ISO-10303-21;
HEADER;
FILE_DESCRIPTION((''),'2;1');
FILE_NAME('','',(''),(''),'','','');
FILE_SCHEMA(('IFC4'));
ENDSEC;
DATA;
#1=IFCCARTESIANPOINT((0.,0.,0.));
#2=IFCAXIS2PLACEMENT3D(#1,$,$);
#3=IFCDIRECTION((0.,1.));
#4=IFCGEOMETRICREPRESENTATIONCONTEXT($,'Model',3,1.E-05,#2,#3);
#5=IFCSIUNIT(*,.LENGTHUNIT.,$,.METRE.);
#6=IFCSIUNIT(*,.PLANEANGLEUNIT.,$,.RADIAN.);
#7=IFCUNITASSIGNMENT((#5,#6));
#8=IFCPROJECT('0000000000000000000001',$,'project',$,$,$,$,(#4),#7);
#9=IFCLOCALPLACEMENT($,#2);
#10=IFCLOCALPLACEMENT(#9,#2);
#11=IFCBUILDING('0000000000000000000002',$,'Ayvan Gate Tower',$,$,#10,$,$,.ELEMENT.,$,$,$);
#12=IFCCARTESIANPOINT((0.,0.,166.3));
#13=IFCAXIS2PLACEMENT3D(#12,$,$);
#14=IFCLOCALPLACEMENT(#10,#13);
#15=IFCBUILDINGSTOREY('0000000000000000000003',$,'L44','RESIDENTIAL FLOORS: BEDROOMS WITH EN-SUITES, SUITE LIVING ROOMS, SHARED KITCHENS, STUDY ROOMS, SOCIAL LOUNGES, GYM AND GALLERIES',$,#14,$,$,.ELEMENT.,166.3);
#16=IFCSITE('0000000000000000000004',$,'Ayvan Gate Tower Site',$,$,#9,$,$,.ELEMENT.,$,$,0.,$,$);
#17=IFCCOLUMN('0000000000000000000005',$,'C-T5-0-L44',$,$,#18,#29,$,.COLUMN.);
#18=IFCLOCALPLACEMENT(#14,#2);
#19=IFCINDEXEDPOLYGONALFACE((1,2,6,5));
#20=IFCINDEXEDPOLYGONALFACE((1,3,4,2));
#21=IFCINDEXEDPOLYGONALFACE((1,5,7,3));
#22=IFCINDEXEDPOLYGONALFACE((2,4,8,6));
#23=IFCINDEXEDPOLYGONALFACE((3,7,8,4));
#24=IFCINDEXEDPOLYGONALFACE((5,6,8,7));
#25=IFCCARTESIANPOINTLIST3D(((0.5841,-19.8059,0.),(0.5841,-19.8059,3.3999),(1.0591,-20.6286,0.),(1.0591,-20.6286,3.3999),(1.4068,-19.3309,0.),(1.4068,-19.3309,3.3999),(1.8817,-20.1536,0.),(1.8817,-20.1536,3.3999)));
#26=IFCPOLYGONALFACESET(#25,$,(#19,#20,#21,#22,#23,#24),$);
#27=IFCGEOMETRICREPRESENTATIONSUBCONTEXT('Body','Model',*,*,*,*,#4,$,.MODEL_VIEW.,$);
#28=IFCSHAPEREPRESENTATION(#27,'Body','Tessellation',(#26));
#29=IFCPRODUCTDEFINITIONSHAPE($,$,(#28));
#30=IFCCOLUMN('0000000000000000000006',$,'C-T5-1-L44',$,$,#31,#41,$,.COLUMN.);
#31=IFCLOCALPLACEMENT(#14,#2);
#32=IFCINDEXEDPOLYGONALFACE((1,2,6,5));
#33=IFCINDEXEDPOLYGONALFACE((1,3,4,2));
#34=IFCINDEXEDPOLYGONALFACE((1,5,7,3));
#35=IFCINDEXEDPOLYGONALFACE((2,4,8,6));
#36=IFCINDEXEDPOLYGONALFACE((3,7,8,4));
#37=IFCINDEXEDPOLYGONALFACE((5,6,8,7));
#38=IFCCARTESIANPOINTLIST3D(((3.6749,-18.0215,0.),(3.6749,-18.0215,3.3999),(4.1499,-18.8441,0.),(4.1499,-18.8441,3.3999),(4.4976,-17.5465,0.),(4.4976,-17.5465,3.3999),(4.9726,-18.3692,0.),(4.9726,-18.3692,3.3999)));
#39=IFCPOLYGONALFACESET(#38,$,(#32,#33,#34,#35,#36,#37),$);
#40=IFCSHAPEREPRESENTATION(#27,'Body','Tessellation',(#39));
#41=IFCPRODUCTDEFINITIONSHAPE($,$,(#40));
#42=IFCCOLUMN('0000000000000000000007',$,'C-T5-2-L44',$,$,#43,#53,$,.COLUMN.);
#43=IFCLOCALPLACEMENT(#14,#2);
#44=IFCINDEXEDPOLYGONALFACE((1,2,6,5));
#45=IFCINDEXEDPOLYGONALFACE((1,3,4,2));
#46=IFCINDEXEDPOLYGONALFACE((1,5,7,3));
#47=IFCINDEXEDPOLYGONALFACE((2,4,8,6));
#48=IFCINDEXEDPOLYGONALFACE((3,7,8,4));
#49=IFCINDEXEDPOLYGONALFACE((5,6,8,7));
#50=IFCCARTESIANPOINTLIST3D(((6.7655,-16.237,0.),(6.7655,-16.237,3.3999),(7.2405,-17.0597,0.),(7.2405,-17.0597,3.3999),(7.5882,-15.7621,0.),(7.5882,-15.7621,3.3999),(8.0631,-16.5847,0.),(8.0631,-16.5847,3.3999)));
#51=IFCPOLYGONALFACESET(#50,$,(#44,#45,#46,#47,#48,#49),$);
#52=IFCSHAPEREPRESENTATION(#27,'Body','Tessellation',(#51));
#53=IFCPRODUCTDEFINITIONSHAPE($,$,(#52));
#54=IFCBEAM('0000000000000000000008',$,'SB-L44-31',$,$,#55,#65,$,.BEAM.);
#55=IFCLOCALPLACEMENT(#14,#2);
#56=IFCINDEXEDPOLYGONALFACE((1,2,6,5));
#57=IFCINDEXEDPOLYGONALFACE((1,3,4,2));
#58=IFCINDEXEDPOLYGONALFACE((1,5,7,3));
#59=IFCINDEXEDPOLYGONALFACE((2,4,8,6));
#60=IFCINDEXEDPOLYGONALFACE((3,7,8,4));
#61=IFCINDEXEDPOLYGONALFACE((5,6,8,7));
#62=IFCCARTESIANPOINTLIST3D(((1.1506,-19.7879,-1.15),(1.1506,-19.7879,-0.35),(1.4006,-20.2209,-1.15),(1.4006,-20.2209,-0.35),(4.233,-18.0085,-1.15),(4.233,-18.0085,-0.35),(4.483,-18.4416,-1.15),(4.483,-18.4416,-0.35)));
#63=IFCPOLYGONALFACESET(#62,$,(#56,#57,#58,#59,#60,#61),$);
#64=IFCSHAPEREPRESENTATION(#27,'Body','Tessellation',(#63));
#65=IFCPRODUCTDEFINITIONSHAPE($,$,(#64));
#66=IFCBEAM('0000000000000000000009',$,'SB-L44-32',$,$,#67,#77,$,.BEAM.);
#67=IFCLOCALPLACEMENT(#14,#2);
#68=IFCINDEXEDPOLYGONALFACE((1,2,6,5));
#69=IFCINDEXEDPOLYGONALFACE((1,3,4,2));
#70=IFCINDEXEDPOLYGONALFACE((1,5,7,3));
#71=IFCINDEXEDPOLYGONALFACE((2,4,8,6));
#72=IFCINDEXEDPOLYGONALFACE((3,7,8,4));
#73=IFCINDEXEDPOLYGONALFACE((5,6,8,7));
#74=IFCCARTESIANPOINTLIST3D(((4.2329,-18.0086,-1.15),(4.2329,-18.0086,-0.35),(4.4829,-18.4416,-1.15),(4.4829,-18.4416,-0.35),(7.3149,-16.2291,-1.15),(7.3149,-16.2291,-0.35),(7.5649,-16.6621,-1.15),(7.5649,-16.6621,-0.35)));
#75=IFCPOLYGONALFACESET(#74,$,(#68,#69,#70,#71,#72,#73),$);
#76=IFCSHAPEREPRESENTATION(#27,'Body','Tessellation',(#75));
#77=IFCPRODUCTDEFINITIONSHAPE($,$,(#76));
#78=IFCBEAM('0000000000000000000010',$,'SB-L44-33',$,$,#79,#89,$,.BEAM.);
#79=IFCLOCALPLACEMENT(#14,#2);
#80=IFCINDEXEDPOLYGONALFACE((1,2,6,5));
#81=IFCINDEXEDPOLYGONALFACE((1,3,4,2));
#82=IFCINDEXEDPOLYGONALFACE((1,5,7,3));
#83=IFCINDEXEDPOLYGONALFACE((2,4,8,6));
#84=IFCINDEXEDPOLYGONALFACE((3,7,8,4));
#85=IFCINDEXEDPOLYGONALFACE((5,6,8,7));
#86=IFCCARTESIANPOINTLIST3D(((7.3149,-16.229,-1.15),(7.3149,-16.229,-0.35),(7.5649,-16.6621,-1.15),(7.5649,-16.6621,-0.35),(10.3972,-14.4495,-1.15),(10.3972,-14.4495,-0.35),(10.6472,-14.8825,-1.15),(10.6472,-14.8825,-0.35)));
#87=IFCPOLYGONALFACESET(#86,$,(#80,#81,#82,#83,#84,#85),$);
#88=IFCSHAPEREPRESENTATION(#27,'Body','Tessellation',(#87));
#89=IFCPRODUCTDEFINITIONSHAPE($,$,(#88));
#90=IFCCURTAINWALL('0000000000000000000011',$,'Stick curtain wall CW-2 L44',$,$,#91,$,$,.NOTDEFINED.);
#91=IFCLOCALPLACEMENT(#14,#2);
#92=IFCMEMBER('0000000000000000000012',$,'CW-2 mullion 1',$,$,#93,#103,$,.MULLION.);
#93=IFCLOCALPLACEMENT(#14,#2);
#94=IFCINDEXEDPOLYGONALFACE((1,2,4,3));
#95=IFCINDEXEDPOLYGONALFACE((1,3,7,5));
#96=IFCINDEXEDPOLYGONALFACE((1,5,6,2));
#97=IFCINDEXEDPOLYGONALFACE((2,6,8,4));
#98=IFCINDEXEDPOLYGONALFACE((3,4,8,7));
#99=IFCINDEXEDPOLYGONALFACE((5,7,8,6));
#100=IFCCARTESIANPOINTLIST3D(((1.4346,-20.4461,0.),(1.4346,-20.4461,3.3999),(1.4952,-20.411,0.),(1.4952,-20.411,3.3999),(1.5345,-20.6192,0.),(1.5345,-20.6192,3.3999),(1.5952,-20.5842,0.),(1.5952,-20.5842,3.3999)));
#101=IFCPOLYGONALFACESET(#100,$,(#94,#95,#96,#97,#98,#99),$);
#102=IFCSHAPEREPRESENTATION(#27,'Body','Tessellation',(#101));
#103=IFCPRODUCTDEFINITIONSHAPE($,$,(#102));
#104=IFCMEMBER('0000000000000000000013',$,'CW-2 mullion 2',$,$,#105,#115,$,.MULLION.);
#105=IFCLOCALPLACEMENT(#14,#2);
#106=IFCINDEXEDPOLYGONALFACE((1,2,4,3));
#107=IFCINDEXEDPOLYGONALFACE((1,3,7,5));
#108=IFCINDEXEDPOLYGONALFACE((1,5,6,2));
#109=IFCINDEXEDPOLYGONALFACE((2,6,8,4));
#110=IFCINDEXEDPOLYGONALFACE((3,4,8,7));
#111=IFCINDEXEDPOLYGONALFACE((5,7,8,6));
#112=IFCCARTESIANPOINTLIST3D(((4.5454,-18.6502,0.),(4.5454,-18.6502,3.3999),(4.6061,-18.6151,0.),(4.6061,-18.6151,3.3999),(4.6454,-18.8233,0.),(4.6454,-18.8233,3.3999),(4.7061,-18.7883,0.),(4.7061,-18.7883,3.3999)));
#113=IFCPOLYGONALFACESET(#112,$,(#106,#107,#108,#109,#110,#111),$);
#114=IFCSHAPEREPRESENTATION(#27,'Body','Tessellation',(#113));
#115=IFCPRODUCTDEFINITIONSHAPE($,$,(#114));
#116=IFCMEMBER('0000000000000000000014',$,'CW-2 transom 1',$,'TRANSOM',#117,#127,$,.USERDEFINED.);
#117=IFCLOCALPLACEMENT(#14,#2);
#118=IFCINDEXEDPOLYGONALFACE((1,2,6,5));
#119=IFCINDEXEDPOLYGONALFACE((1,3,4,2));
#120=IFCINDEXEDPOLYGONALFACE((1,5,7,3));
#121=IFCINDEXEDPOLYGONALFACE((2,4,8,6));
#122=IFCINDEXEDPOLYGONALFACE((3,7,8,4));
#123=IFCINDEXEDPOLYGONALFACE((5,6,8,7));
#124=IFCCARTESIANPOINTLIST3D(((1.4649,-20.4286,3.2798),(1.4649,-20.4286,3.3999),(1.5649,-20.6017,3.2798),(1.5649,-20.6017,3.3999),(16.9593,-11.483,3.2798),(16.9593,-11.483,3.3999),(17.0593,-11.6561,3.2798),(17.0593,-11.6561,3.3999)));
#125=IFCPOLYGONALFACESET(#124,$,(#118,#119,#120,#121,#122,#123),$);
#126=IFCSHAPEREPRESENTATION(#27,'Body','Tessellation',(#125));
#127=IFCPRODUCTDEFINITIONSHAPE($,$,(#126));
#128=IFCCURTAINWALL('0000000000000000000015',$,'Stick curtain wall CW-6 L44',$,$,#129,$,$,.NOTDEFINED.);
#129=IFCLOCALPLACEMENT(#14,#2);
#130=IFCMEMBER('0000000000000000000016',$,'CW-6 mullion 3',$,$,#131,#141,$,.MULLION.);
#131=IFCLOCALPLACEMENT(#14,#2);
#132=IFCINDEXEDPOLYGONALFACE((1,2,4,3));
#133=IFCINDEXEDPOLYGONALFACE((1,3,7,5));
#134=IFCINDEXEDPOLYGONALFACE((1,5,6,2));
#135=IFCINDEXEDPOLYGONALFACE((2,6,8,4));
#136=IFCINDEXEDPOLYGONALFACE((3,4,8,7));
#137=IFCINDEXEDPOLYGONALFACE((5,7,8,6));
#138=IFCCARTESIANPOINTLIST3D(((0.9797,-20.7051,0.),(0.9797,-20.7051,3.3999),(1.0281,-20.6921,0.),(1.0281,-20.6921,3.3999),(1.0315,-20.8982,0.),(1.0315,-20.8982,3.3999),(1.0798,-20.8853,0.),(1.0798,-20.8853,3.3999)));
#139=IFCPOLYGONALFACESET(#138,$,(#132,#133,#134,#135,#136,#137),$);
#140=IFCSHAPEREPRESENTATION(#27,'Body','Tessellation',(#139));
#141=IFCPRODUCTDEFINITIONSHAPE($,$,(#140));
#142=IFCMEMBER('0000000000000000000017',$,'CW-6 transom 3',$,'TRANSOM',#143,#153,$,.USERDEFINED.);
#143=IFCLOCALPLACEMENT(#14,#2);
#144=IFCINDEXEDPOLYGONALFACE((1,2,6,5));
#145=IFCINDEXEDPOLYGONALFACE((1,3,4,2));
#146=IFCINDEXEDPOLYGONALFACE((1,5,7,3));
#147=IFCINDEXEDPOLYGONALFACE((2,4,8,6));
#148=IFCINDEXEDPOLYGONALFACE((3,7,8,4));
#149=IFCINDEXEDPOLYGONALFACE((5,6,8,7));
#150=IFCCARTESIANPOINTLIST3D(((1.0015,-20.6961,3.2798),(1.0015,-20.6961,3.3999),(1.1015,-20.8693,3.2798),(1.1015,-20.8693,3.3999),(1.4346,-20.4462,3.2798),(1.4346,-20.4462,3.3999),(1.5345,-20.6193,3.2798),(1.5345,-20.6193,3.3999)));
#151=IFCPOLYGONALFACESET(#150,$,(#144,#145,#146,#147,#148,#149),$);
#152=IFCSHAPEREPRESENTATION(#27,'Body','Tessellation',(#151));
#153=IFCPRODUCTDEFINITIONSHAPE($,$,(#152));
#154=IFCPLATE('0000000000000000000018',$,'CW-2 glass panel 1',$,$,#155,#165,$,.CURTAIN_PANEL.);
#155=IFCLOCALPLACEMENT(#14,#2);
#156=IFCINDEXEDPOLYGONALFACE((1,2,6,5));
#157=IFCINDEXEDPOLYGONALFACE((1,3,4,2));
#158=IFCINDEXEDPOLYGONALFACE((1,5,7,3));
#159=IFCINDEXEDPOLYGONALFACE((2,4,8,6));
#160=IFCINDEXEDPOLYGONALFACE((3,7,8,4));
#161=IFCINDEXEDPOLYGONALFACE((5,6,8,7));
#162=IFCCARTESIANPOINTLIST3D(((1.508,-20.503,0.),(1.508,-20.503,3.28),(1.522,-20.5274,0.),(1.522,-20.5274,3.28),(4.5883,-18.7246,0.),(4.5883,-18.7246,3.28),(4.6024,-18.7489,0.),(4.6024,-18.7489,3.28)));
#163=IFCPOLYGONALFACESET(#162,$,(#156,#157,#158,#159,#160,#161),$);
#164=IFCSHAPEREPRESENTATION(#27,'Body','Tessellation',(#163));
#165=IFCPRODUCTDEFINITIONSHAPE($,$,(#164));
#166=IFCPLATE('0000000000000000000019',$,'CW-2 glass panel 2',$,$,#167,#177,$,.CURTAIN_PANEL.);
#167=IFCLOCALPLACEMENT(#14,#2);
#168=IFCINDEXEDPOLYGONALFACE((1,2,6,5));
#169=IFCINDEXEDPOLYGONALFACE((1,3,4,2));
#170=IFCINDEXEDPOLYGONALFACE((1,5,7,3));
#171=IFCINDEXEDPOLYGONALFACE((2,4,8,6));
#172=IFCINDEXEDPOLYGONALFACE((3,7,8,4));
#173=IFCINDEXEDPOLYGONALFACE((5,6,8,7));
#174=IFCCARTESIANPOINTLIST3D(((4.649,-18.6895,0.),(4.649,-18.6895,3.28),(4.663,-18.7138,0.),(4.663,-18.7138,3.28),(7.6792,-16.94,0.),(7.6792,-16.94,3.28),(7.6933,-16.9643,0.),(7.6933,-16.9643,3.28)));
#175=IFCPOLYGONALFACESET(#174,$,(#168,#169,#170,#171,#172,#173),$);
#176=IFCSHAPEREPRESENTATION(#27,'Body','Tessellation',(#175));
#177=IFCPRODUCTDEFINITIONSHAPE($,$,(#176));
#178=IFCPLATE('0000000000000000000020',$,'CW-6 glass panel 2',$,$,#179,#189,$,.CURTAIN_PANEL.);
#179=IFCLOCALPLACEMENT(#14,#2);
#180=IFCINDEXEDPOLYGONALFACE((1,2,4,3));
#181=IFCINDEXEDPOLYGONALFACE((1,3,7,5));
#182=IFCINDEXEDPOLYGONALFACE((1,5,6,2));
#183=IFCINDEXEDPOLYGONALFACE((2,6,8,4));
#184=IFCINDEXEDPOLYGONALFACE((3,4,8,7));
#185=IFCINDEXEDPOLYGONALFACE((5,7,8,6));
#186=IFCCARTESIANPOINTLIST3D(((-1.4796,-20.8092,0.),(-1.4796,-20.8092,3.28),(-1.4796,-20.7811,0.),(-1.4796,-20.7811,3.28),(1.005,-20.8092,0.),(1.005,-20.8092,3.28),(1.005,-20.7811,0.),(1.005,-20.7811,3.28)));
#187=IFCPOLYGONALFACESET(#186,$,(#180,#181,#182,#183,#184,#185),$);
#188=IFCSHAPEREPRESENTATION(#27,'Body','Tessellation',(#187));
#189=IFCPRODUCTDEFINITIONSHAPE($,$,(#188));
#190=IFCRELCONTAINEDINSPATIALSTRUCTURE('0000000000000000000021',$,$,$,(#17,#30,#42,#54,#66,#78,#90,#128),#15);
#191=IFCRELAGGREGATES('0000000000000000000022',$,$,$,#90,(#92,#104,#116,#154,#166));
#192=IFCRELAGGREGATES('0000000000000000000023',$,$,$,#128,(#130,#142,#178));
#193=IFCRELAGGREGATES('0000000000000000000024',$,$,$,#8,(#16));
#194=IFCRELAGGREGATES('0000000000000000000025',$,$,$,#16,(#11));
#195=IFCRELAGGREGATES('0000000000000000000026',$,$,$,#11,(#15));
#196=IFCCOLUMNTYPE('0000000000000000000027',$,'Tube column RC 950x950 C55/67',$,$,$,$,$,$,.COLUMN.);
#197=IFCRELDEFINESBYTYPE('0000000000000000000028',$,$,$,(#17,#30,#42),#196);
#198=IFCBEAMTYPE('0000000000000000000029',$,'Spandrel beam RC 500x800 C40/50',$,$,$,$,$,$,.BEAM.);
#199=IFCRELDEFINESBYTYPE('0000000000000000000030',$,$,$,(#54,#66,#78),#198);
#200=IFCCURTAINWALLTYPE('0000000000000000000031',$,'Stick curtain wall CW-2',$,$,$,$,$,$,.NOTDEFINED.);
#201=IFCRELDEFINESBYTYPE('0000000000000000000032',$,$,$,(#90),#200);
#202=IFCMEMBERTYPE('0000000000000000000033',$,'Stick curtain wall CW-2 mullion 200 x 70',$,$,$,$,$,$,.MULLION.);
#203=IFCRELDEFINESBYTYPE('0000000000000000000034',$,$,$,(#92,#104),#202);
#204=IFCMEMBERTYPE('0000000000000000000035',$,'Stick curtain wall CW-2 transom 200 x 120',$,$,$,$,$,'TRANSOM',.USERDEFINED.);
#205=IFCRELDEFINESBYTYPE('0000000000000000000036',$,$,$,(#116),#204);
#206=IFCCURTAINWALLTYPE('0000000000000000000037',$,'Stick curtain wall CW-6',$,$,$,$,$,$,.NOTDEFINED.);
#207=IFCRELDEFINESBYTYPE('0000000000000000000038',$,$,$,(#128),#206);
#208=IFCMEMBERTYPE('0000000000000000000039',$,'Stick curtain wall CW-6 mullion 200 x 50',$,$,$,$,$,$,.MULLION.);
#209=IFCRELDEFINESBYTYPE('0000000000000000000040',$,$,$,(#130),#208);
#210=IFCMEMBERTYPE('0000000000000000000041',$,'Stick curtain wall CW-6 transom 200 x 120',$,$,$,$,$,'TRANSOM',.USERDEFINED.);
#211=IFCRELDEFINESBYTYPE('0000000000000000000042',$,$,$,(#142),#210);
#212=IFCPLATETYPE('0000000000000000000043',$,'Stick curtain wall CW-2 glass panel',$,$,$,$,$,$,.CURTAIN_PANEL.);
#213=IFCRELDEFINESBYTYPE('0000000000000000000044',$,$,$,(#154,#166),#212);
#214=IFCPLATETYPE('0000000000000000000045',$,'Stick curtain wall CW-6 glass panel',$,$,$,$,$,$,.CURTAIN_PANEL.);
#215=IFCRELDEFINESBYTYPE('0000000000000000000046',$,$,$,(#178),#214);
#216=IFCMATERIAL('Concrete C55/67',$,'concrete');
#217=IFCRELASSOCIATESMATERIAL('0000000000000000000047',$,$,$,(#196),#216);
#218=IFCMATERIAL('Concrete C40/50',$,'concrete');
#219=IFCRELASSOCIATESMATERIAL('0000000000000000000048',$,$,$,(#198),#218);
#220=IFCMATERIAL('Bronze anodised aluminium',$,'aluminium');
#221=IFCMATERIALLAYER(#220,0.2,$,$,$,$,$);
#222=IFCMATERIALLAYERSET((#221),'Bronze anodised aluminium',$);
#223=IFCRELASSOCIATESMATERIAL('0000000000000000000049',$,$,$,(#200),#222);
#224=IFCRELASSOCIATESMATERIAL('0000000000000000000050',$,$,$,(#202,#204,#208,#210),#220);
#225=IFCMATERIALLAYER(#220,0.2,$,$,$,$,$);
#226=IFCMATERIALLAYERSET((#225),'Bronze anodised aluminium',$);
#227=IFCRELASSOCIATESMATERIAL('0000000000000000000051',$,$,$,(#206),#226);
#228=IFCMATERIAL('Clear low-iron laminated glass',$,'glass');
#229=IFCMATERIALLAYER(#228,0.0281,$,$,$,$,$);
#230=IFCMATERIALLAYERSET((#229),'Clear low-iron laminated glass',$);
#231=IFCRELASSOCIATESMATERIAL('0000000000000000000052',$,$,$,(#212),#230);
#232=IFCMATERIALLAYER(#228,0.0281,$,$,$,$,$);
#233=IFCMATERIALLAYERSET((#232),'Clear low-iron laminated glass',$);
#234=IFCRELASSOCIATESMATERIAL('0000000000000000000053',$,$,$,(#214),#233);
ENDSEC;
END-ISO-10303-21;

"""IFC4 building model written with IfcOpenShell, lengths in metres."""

from ifc_helpers import new_model, si_unit, direction, frame, origin, origin_2d, place, context, subcontext, project, spatial, rectangle, extrude, material, layer, layer_set, material_profile, profile_set, type_object, element, aggregate, save


model = new_model("IFC4")

# Units and contexts
model_context = context("Model", 3, precision=1e-05, world=origin(), true_north=direction((0.0, 1.0)))
body_context = subcontext(model_context, "Body", "Model", "MODEL_VIEW")
ifc_project = project(units=[si_unit("LENGTHUNIT", "METRE"), si_unit("PLANEANGLEUNIT", "RADIAN")], contexts=[model_context])

# Site, building, storey
site_placement = place(None, origin())
site = spatial("IfcSite", under=ifc_project, at=site_placement, Name="Ayvan Gate Tower Site", CompositionType="ELEMENT", RefElevation=0.0)
building_placement = place(site_placement, origin())
building = spatial("IfcBuilding", under=site, at=building_placement, Name="Ayvan Gate Tower", CompositionType="ELEMENT")
storey_placement = place(building_placement, frame((0.0, 0.0, 166.3)))
storey = spatial("IfcBuildingStorey", under=building, at=storey_placement, Name="L44", Description="RESIDENTIAL FLOORS: BEDROOMS WITH EN-SUITES, SUITE LIVING ROOMS, SHARED KITCHENS, STUDY ROOMS, SOCIAL LOUNGES, GYM AND GALLERIES", CompositionType="ELEMENT", Elevation=166.3)

# Columns
ifc_material_1 = material(Name="Concrete C55/67", Category="concrete")
ifc_material_profile_1 = material_profile(ifc_material_1, rectangle(XDim=0.95, YDim=0.95, at=origin_2d()), Name="RC 950x950")
ifc_profile_set_1 = profile_set([ifc_material_profile_1], Name="Concrete C55/67")
column_type = type_object("IfcColumnType", Name="Tube column RC 950x950 C55/67", PredefinedType="COLUMN", material=ifc_profile_set_1)
for number, where, z_axis, x_axis, name in (
    (1, (1.2329, -19.9797, 0.0), (0.0, 0.0, 1.0), (0.5, -0.866025, 0.0), "C-T5-0-L44"),
    (2, (4.3237, -18.1953, 0.0), (0.0, 0.0, 1.0), (0.5, -0.866025, 0.0), "C-T5-1-L44"),
    (3, (7.4143, -16.4109, 0.0), (0.0, 0.0, 1.0), (0.5, -0.866025, 0.0), "C-T5-2-L44"),
):
    element("IfcColumn", number, at=place(storey_placement, frame(where, z_axis=z_axis, x_axis=x_axis)), inside=storey, type_object=column_type, Name=name, PredefinedType="COLUMN", context=body_context, shape_type="SweptSolid", body=[
        extrude(rectangle(XDim=0.95, YDim=0.95, at=origin_2d()), origin(), (0.0, 0.0, 1.0), 3.3999),
    ])

# Beams
ifc_material_2 = material(Name="Concrete C40/50", Category="concrete")
ifc_material_profile_2 = material_profile(ifc_material_2, rectangle(XDim=0.5, YDim=0.8, at=origin_2d()), Name="RC 500x800")
ifc_profile_set_2 = profile_set([ifc_material_profile_2], Name="Concrete C40/50")
beam_type = type_object("IfcBeamType", Name="Spandrel beam RC 500x800 C40/50", PredefinedType="BEAM", material=ifc_profile_set_2)
beam_1_placement = place(storey_placement, frame((1.2756, -20.0044, -0.75), z_axis=(0.866057, 0.499946, 0.0), x_axis=(-0.499946, 0.866057, 0.0)))
element("IfcBeam", 4, at=beam_1_placement, inside=storey, type_object=beam_type, Name="SB-L44-31", PredefinedType="BEAM", context=body_context, shape_type="SweptSolid", body=[
    extrude(rectangle(XDim=0.5, YDim=0.8, at=origin_2d()), origin(), (0.0, 0.0, 1.0), 3.5591),
])
beam_2_placement = place(storey_placement, frame((4.3579, -18.2251, -0.75), z_axis=(0.86601, 0.500027, 0.0), x_axis=(-0.500027, 0.86601, 0.0)))
element("IfcBeam", 5, at=beam_2_placement, inside=storey, type_object=beam_type, Name="SB-L44-32", PredefinedType="BEAM", context=body_context, shape_type="SweptSolid", body=[
    extrude(rectangle(XDim=0.5, YDim=0.8, at=origin_2d()), origin(), (0.0, 0.0, 1.0), 3.5588),
])
beam_3_placement = place(storey_placement, frame((7.4399, -16.4456, -0.75), z_axis=(0.866027, 0.499998, 0.0), x_axis=(-0.499998, 0.866027, 0.0)))
element("IfcBeam", 6, at=beam_3_placement, inside=storey, type_object=beam_type, Name="SB-L44-33", PredefinedType="BEAM", context=body_context, shape_type="SweptSolid", body=[
    extrude(rectangle(XDim=0.5, YDim=0.8, at=origin_2d()), origin(), (0.0, 0.0, 1.0), 3.5591),
])

# Curtain walls, members
ifc_material_3 = material(Name="Bronze anodised aluminium", Category="aluminium")
ifc_layer_1 = layer(ifc_material_3, 0.2)
ifc_layer_set_1 = layer_set([ifc_layer_1], Name="Bronze anodised aluminium")
curtain_wall_type_1 = type_object("IfcCurtainWallType", Name="Stick curtain wall CW-2", PredefinedType="NOTDEFINED", material=ifc_layer_set_1)
curtain_wall_1_placement = place(storey_placement, origin())
curtain_wall_1 = element("IfcCurtainWall", 7, at=curtain_wall_1_placement, inside=storey, type_object=curtain_wall_type_1, Name="Stick curtain wall CW-2 L44", PredefinedType="NOTDEFINED")
ifc_material_profile_3 = material_profile(ifc_material_3, rectangle(XDim=0.2, YDim=0.0701, at=origin_2d()), Name="Stick curtain wall CW-2 mullion 200 x 70")
ifc_profile_set_3 = profile_set([ifc_material_profile_3], Name="Bronze anodised aluminium")
member_type_1 = type_object("IfcMemberType", Name="Stick curtain wall CW-2 mullion 200 x 70", PredefinedType="MULLION", material=ifc_profile_set_3)
member_1_placement = place(storey_placement, frame((1.5149, -20.5151, 0.0), z_axis=(0.0, 0.0, 1.0), x_axis=(0.5, -0.866025, 0.0)))
member_1 = element("IfcMember", 8, at=member_1_placement, type_object=member_type_1, Name="CW-2 mullion 1", PredefinedType="MULLION", context=body_context, shape_type="SweptSolid", body=[
    extrude(rectangle(XDim=0.2, YDim=0.0701, at=origin_2d()), origin(), (0.0, 0.0, 1.0), 3.3999),
])
member_2_placement = place(storey_placement, frame((4.6257, -18.7192, 0.0), z_axis=(0.0, 0.0, 1.0), x_axis=(0.5, -0.866025, 0.0)))
member_2 = element("IfcMember", 9, at=member_2_placement, type_object=member_type_1, Name="CW-2 mullion 2", PredefinedType="MULLION", context=body_context, shape_type="SweptSolid", body=[
    extrude(rectangle(XDim=0.2, YDim=0.0701, at=origin_2d()), origin(), (0.0, 0.0, 1.0), 3.3999),
])
ifc_material_profile_4 = material_profile(ifc_material_3, rectangle(XDim=0.2, YDim=0.1201, at=origin_2d()), Name="Stick curtain wall CW-2 transom 200 x 120")
ifc_profile_set_4 = profile_set([ifc_material_profile_4], Name="Bronze anodised aluminium")
member_type_2 = type_object("IfcMemberType", Name="Stick curtain wall CW-2 transom 200 x 120", ElementType="TRANSOM", PredefinedType="USERDEFINED", material=ifc_profile_set_4)
member_3_placement = place(storey_placement, frame((1.5149, -20.5151, 3.3398), z_axis=(0.866029, 0.499995, 0.0), x_axis=(-0.499995, 0.866029, 0.0)))
member_3 = element("IfcMember", 10, at=member_3_placement, type_object=member_type_2, Name="CW-2 transom 1", ObjectType="TRANSOM", PredefinedType="USERDEFINED", context=body_context, shape_type="SweptSolid", body=[
    extrude(rectangle(XDim=0.2, YDim=0.1201, at=origin_2d()), origin(), (0.0, 0.0, 1.0), 17.8914),
])
ifc_layer_2 = layer(ifc_material_3, 0.2)
ifc_layer_set_2 = layer_set([ifc_layer_2], Name="Bronze anodised aluminium")
curtain_wall_type_2 = type_object("IfcCurtainWallType", Name="Stick curtain wall CW-6", PredefinedType="NOTDEFINED", material=ifc_layer_set_2)
curtain_wall_2_placement = place(storey_placement, origin())
curtain_wall_2 = element("IfcCurtainWall", 11, at=curtain_wall_2_placement, inside=storey, type_object=curtain_wall_type_2, Name="Stick curtain wall CW-6 L44", PredefinedType="NOTDEFINED")
ifc_material_profile_5 = material_profile(ifc_material_3, rectangle(XDim=0.2, YDim=0.05, at=origin_2d()), Name="Stick curtain wall CW-6 mullion 200 x 50")
ifc_profile_set_5 = profile_set([ifc_material_profile_5], Name="Bronze anodised aluminium")
member_type_3 = type_object("IfcMemberType", Name="Stick curtain wall CW-6 mullion 200 x 50", PredefinedType="MULLION", material=ifc_profile_set_5)
member_4_placement = place(storey_placement, frame((1.0298, -20.7952, 0.0), z_axis=(0.0, 0.0, 1.0), x_axis=(0.258819, -0.965926, 0.0)))
member_4 = element("IfcMember", 12, at=member_4_placement, type_object=member_type_3, Name="CW-6 mullion 3", PredefinedType="MULLION", context=body_context, shape_type="SweptSolid", body=[
    extrude(rectangle(XDim=0.2, YDim=0.05, at=origin_2d()), origin(), (0.0, 0.0, 1.0), 3.3999),
])
ifc_material_profile_6 = material_profile(ifc_material_3, rectangle(XDim=0.2, YDim=0.1201, at=origin_2d()), Name="Stick curtain wall CW-6 transom 200 x 120")
ifc_profile_set_6 = profile_set([ifc_material_profile_6], Name="Bronze anodised aluminium")
member_type_4 = type_object("IfcMemberType", Name="Stick curtain wall CW-6 transom 200 x 120", ElementType="TRANSOM", PredefinedType="USERDEFINED", material=ifc_profile_set_6)
member_5_placement = place(storey_placement, frame((1.0515, -20.7827, 3.3398), z_axis=(0.866072, 0.49992, 0.0), x_axis=(-0.49992, 0.866072, 0.0)))
member_5 = element("IfcMember", 13, at=member_5_placement, type_object=member_type_4, Name="CW-6 transom 3", ObjectType="TRANSOM", PredefinedType="USERDEFINED", context=body_context, shape_type="SweptSolid", body=[
    extrude(rectangle(XDim=0.2, YDim=0.1201, at=origin_2d()), origin(), (0.0, 0.0, 1.0), 0.5),
])

# Plates
ifc_material_4 = material(Name="Clear low-iron laminated glass", Category="glass")
ifc_layer_3 = layer(ifc_material_4, 0.0281)
ifc_layer_set_3 = layer_set([ifc_layer_3], Name="Clear low-iron laminated glass")
plate_type_1 = type_object("IfcPlateType", Name="Stick curtain wall CW-2 glass panel", PredefinedType="CURTAIN_PANEL", material=ifc_layer_set_3)
plate_1_placement = place(storey_placement, frame((3.0552, -19.626, 0.0), z_axis=(0.0, 0.0, 1.0), x_axis=(0.866025, 0.5, 0.0)))
plate_1 = element("IfcPlate", 14, at=plate_1_placement, type_object=plate_type_1, Name="CW-2 glass panel 1", PredefinedType="CURTAIN_PANEL", context=body_context, shape_type="SweptSolid", body=[
    extrude(rectangle(XDim=3.5569, YDim=0.0281, at=origin_2d()), origin(), (0.0, 0.0, 1.0), 3.28),
])
plate_2_placement = place(storey_placement, frame((6.1711, -17.8269, 0.0), z_axis=(0.0, 0.0, 1.0), x_axis=(0.866025, 0.5, 0.0)))
plate_2 = element("IfcPlate", 15, at=plate_2_placement, type_object=plate_type_1, Name="CW-2 glass panel 2", PredefinedType="CURTAIN_PANEL", context=body_context, shape_type="SweptSolid", body=[
    extrude(rectangle(XDim=3.499, YDim=0.0281, at=origin_2d()), origin(), (0.0, 0.0, 1.0), 3.28),
])
aggregate(curtain_wall_1, [member_1, member_2, member_3, plate_1, plate_2])
ifc_layer_4 = layer(ifc_material_4, 0.0281)
ifc_layer_set_4 = layer_set([ifc_layer_4], Name="Clear low-iron laminated glass")
plate_type_2 = type_object("IfcPlateType", Name="Stick curtain wall CW-6 glass panel", PredefinedType="CURTAIN_PANEL", material=ifc_layer_set_4)
plate_3_placement = place(storey_placement, frame((-0.2373, -20.7952, 0.0), z_axis=(0.0, 0.0, 1.0), x_axis=(1.0, 0.0, 0.0)))
plate_3 = element("IfcPlate", 16, at=plate_3_placement, type_object=plate_type_2, Name="CW-6 glass panel 2", PredefinedType="CURTAIN_PANEL", context=body_context, shape_type="SweptSolid", body=[
    extrude(rectangle(XDim=2.4846, YDim=0.0281, at=origin_2d()), origin(), (0.0, 0.0, 1.0), 3.28),
])
aggregate(curtain_wall_2, [member_4, member_5, plate_3])

save(model, "model.ifc")
